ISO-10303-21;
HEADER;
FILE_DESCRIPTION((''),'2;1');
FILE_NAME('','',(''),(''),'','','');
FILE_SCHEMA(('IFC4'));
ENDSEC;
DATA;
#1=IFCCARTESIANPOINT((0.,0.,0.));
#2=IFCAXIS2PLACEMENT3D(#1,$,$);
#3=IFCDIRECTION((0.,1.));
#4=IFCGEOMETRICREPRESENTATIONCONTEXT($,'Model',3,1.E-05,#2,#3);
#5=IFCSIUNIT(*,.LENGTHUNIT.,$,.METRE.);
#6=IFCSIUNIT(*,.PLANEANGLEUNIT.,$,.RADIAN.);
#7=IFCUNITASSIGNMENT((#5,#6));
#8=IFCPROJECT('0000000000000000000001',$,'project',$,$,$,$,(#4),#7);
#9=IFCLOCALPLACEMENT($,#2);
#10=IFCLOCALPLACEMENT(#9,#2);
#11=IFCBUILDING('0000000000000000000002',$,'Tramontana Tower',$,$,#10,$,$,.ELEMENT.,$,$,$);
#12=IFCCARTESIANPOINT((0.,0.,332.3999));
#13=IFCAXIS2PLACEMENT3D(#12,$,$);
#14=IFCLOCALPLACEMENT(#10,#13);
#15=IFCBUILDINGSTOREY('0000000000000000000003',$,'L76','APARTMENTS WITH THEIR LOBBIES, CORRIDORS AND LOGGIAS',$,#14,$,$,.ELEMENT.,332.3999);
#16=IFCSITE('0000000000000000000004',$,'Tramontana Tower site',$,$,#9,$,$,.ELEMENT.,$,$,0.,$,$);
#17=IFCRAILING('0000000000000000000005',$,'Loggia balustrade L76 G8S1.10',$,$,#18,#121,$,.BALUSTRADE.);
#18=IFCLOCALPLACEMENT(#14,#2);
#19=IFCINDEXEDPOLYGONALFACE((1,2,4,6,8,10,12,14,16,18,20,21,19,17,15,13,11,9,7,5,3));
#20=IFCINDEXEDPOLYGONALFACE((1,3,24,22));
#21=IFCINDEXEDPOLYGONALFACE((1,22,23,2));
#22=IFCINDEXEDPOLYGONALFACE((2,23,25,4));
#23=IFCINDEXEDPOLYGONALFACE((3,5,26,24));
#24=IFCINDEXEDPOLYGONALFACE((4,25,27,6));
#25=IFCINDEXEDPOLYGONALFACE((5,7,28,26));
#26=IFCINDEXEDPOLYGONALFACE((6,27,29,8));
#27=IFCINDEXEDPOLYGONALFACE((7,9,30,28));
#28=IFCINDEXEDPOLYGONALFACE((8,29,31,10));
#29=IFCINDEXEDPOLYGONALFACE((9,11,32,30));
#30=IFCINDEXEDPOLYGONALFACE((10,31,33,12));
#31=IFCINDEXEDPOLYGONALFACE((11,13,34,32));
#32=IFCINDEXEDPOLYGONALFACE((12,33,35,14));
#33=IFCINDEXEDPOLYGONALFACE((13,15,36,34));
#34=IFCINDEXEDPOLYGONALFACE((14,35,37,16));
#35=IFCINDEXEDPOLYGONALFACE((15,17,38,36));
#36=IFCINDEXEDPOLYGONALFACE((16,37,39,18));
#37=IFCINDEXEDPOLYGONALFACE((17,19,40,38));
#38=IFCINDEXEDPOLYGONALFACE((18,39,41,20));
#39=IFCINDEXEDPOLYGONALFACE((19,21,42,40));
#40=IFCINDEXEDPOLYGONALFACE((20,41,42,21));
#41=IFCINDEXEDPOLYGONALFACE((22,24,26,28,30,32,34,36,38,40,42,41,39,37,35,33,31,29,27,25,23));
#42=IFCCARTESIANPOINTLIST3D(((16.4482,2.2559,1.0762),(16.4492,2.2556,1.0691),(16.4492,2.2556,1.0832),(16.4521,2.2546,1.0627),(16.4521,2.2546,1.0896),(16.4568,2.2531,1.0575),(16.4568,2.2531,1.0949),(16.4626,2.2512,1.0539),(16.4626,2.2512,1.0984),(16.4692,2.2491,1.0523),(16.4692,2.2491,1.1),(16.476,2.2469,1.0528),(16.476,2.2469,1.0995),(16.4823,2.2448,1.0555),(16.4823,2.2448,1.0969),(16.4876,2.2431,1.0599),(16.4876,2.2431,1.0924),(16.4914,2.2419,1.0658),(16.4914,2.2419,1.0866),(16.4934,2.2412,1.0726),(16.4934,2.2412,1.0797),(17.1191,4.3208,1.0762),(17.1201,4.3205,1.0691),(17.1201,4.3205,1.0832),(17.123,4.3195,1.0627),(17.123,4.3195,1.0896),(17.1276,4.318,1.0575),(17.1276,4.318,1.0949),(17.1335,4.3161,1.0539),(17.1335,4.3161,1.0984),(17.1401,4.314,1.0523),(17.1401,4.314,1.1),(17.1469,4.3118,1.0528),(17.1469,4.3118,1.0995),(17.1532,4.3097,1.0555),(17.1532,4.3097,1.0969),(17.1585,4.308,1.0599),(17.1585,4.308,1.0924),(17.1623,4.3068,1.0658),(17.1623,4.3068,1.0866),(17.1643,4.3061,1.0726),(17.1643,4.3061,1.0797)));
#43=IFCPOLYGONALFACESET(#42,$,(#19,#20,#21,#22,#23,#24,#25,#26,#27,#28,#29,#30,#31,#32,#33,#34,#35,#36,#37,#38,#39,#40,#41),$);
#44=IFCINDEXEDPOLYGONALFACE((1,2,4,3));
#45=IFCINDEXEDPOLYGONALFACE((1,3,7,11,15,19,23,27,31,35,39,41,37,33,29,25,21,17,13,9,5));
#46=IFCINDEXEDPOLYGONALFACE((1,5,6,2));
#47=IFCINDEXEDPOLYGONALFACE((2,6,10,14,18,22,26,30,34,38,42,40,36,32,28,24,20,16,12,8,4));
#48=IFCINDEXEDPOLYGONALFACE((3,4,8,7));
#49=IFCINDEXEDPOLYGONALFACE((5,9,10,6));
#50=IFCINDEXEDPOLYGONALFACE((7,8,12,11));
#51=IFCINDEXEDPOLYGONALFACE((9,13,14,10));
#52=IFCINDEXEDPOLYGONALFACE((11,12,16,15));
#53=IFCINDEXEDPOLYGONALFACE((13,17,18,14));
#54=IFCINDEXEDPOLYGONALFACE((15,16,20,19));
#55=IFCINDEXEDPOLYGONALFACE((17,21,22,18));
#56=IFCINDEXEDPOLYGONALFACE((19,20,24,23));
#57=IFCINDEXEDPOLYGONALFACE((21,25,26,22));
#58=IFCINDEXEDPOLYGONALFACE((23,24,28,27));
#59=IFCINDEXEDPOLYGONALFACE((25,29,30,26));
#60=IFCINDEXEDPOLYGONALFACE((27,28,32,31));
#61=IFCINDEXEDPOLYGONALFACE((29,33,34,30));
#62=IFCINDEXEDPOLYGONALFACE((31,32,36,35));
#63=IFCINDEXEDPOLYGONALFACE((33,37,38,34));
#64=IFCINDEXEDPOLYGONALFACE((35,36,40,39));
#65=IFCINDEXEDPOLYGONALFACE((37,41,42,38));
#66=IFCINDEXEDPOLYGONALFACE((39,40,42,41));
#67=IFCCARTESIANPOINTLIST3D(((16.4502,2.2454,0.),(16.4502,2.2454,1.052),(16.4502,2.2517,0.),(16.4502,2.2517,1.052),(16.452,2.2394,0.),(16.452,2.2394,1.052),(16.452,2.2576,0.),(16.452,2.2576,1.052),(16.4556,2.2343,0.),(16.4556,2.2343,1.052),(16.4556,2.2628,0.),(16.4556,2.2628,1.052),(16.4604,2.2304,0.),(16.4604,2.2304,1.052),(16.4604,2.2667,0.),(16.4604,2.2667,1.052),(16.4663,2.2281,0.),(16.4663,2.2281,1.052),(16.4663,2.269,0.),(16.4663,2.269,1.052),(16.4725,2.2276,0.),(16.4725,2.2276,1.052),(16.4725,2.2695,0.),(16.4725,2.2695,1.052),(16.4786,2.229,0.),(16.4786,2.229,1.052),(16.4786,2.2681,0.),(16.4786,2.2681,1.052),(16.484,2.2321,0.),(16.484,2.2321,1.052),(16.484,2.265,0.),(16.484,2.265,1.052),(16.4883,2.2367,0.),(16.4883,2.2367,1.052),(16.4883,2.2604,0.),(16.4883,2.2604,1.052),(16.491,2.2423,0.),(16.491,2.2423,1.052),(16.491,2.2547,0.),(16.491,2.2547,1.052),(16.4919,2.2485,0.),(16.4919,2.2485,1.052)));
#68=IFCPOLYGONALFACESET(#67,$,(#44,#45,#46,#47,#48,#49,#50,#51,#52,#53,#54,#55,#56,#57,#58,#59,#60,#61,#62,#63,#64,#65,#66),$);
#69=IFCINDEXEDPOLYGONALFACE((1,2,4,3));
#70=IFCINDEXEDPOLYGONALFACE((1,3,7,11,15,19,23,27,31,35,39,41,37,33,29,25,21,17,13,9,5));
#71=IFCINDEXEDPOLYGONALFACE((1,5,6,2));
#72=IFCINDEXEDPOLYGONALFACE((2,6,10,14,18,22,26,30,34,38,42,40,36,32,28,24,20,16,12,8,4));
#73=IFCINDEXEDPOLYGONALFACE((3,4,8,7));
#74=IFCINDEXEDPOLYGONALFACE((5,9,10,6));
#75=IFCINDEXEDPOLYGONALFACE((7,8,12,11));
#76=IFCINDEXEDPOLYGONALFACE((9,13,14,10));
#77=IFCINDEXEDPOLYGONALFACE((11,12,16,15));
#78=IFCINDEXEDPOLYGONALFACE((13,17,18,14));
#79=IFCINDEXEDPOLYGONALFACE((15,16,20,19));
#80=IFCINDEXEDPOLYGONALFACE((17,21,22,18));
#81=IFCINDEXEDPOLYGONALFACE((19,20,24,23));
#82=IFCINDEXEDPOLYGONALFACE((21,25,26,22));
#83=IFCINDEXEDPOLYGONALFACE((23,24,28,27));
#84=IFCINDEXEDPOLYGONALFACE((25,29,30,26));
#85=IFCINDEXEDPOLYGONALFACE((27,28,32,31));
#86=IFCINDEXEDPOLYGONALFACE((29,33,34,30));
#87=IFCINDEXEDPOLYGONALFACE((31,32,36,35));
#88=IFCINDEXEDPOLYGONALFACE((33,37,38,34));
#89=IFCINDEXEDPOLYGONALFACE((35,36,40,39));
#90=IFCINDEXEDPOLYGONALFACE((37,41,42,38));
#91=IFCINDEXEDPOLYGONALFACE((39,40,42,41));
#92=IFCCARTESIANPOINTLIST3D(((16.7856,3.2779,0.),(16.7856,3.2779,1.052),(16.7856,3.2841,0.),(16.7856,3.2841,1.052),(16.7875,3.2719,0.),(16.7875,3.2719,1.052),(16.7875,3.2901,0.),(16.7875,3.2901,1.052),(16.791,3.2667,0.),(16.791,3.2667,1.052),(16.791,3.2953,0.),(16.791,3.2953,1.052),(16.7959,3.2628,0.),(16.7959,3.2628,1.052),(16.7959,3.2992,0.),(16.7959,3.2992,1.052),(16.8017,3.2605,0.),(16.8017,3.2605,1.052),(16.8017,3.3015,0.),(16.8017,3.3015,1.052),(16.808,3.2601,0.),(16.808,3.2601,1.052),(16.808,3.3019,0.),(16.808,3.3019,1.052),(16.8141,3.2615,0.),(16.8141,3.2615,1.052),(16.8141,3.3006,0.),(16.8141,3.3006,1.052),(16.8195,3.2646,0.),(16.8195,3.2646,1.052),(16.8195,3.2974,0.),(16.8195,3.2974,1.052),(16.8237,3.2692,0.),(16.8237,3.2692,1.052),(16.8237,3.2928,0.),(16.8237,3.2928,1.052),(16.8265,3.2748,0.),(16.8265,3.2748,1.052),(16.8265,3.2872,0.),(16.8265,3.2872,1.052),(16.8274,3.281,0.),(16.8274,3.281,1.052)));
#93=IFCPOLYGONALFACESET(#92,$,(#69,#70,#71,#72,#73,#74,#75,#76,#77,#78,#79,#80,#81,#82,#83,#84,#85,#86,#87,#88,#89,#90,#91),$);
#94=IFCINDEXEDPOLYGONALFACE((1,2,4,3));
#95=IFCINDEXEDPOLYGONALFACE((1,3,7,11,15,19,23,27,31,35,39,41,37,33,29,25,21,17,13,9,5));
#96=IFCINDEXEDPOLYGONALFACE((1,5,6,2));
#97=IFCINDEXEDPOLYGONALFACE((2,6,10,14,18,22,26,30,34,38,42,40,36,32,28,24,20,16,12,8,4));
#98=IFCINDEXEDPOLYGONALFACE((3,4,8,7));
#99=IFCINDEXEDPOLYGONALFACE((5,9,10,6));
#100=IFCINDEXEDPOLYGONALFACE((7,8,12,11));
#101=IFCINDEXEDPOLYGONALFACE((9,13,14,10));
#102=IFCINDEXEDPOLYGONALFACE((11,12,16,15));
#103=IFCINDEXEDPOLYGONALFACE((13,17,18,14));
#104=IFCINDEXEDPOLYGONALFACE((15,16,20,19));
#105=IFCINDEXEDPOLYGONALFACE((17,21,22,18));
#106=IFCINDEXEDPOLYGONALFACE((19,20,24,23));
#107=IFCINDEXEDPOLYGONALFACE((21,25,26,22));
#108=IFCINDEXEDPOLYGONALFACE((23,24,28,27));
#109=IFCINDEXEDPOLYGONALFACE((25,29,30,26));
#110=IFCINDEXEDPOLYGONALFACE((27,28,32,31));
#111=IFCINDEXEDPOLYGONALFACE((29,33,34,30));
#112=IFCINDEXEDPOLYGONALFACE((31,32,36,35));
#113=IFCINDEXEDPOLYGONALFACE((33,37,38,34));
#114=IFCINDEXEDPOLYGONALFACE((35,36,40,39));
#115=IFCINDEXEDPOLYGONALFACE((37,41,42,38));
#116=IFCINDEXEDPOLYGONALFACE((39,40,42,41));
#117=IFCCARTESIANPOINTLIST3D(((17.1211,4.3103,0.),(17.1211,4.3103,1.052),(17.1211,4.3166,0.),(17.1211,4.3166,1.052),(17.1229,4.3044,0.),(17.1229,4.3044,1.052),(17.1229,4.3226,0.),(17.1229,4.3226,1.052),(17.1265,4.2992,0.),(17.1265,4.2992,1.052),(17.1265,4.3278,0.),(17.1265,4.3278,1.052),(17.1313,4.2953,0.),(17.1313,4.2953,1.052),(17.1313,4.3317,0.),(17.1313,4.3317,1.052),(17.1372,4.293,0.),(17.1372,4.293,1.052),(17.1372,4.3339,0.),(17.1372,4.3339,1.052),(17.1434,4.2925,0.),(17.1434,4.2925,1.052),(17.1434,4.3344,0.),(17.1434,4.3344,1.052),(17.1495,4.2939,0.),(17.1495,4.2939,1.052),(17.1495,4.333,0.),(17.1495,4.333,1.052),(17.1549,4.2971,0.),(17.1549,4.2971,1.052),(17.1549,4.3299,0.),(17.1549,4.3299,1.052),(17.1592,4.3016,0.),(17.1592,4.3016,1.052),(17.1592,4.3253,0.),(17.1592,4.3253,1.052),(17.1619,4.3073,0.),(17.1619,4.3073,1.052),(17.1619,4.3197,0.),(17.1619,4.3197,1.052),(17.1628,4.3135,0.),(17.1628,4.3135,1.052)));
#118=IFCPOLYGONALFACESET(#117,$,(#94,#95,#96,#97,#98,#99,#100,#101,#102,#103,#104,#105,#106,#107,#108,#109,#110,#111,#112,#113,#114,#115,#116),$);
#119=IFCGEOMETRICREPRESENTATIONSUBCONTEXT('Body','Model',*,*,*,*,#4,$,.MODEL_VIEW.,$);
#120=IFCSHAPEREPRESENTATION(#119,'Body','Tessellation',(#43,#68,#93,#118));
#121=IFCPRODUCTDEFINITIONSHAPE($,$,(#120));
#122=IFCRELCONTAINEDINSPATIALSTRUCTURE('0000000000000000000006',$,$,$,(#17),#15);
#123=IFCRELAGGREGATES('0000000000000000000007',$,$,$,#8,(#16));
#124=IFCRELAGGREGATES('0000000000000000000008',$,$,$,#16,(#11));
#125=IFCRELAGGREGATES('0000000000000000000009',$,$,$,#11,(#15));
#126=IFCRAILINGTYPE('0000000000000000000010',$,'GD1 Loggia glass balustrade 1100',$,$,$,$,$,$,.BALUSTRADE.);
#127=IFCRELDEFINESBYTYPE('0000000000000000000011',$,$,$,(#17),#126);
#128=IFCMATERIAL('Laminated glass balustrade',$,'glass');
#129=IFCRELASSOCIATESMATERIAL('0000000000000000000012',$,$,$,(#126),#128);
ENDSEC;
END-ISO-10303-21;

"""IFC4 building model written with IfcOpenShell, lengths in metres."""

from ifc_helpers import new_model, si_unit, direction, frame, origin, origin_2d, place, context, subcontext, project, spatial, circle, extrude, material, type_object, element, save


model = new_model("IFC4")

# Units and contexts
model_context = context("Model", 3, precision=1e-05, world=origin(), true_north=direction((0.0, 1.0)))
body_context = subcontext(model_context, "Body", "Model", "MODEL_VIEW")
ifc_project = project(units=[si_unit("LENGTHUNIT", "METRE"), si_unit("PLANEANGLEUNIT", "RADIAN")], contexts=[model_context])

# Site, building, storey
site_placement = place(None, origin())
site = spatial("IfcSite", under=ifc_project, at=site_placement, Name="Tramontana Tower site", CompositionType="ELEMENT", RefElevation=0.0)
building_placement = place(site_placement, origin())
building = spatial("IfcBuilding", under=site, at=building_placement, Name="Tramontana Tower", CompositionType="ELEMENT")
storey_placement = place(building_placement, frame((0.0, 0.0, 332.3999)))
storey = spatial("IfcBuildingStorey", under=building, at=storey_placement, Name="L76", Description="APARTMENTS WITH THEIR LOBBIES, CORRIDORS AND LOGGIAS", CompositionType="ELEMENT", Elevation=332.3999)

# Railing
ifc_material_1 = material(Name="Laminated glass balustrade", Category="glass")
railing_type = type_object("IfcRailingType", Name="GD1 Loggia glass balustrade 1100", PredefinedType="BALUSTRADE", material=ifc_material_1)
railing_1_placement = place(storey_placement, frame((16.4709, 2.2485, 0.0)))
element("IfcRailing", 1, at=railing_1_placement, inside=storey, type_object=railing_type, Name="Loggia balustrade L76 G8S1.10", PredefinedType="BALUSTRADE", context=body_context, shape_type="SweptSolid", body=[
    extrude(circle(Radius=0.0239, at=origin_2d()), frame((0.0, 0.0, 1.0762), z_axis=(0.309, 0.951062, 0.0), x_axis=(-0.951062, 0.309, 0.0)), (0.0, 0.0, 1.0), 2.1711),
    extrude(circle(Radius=0.021, at=origin_2d()), origin(), (0.0, 0.0, 1.0), 1.052),
    extrude(circle(Radius=0.021, at=origin_2d()), frame((0.3354, 1.0325, 0.0)), (0.0, 0.0, 1.0), 1.052),
    extrude(circle(Radius=0.021, at=origin_2d()), frame((0.6709, 2.0649, 0.0)), (0.0, 0.0, 1.0), 1.052),
])

save(model, "model.ifc")
